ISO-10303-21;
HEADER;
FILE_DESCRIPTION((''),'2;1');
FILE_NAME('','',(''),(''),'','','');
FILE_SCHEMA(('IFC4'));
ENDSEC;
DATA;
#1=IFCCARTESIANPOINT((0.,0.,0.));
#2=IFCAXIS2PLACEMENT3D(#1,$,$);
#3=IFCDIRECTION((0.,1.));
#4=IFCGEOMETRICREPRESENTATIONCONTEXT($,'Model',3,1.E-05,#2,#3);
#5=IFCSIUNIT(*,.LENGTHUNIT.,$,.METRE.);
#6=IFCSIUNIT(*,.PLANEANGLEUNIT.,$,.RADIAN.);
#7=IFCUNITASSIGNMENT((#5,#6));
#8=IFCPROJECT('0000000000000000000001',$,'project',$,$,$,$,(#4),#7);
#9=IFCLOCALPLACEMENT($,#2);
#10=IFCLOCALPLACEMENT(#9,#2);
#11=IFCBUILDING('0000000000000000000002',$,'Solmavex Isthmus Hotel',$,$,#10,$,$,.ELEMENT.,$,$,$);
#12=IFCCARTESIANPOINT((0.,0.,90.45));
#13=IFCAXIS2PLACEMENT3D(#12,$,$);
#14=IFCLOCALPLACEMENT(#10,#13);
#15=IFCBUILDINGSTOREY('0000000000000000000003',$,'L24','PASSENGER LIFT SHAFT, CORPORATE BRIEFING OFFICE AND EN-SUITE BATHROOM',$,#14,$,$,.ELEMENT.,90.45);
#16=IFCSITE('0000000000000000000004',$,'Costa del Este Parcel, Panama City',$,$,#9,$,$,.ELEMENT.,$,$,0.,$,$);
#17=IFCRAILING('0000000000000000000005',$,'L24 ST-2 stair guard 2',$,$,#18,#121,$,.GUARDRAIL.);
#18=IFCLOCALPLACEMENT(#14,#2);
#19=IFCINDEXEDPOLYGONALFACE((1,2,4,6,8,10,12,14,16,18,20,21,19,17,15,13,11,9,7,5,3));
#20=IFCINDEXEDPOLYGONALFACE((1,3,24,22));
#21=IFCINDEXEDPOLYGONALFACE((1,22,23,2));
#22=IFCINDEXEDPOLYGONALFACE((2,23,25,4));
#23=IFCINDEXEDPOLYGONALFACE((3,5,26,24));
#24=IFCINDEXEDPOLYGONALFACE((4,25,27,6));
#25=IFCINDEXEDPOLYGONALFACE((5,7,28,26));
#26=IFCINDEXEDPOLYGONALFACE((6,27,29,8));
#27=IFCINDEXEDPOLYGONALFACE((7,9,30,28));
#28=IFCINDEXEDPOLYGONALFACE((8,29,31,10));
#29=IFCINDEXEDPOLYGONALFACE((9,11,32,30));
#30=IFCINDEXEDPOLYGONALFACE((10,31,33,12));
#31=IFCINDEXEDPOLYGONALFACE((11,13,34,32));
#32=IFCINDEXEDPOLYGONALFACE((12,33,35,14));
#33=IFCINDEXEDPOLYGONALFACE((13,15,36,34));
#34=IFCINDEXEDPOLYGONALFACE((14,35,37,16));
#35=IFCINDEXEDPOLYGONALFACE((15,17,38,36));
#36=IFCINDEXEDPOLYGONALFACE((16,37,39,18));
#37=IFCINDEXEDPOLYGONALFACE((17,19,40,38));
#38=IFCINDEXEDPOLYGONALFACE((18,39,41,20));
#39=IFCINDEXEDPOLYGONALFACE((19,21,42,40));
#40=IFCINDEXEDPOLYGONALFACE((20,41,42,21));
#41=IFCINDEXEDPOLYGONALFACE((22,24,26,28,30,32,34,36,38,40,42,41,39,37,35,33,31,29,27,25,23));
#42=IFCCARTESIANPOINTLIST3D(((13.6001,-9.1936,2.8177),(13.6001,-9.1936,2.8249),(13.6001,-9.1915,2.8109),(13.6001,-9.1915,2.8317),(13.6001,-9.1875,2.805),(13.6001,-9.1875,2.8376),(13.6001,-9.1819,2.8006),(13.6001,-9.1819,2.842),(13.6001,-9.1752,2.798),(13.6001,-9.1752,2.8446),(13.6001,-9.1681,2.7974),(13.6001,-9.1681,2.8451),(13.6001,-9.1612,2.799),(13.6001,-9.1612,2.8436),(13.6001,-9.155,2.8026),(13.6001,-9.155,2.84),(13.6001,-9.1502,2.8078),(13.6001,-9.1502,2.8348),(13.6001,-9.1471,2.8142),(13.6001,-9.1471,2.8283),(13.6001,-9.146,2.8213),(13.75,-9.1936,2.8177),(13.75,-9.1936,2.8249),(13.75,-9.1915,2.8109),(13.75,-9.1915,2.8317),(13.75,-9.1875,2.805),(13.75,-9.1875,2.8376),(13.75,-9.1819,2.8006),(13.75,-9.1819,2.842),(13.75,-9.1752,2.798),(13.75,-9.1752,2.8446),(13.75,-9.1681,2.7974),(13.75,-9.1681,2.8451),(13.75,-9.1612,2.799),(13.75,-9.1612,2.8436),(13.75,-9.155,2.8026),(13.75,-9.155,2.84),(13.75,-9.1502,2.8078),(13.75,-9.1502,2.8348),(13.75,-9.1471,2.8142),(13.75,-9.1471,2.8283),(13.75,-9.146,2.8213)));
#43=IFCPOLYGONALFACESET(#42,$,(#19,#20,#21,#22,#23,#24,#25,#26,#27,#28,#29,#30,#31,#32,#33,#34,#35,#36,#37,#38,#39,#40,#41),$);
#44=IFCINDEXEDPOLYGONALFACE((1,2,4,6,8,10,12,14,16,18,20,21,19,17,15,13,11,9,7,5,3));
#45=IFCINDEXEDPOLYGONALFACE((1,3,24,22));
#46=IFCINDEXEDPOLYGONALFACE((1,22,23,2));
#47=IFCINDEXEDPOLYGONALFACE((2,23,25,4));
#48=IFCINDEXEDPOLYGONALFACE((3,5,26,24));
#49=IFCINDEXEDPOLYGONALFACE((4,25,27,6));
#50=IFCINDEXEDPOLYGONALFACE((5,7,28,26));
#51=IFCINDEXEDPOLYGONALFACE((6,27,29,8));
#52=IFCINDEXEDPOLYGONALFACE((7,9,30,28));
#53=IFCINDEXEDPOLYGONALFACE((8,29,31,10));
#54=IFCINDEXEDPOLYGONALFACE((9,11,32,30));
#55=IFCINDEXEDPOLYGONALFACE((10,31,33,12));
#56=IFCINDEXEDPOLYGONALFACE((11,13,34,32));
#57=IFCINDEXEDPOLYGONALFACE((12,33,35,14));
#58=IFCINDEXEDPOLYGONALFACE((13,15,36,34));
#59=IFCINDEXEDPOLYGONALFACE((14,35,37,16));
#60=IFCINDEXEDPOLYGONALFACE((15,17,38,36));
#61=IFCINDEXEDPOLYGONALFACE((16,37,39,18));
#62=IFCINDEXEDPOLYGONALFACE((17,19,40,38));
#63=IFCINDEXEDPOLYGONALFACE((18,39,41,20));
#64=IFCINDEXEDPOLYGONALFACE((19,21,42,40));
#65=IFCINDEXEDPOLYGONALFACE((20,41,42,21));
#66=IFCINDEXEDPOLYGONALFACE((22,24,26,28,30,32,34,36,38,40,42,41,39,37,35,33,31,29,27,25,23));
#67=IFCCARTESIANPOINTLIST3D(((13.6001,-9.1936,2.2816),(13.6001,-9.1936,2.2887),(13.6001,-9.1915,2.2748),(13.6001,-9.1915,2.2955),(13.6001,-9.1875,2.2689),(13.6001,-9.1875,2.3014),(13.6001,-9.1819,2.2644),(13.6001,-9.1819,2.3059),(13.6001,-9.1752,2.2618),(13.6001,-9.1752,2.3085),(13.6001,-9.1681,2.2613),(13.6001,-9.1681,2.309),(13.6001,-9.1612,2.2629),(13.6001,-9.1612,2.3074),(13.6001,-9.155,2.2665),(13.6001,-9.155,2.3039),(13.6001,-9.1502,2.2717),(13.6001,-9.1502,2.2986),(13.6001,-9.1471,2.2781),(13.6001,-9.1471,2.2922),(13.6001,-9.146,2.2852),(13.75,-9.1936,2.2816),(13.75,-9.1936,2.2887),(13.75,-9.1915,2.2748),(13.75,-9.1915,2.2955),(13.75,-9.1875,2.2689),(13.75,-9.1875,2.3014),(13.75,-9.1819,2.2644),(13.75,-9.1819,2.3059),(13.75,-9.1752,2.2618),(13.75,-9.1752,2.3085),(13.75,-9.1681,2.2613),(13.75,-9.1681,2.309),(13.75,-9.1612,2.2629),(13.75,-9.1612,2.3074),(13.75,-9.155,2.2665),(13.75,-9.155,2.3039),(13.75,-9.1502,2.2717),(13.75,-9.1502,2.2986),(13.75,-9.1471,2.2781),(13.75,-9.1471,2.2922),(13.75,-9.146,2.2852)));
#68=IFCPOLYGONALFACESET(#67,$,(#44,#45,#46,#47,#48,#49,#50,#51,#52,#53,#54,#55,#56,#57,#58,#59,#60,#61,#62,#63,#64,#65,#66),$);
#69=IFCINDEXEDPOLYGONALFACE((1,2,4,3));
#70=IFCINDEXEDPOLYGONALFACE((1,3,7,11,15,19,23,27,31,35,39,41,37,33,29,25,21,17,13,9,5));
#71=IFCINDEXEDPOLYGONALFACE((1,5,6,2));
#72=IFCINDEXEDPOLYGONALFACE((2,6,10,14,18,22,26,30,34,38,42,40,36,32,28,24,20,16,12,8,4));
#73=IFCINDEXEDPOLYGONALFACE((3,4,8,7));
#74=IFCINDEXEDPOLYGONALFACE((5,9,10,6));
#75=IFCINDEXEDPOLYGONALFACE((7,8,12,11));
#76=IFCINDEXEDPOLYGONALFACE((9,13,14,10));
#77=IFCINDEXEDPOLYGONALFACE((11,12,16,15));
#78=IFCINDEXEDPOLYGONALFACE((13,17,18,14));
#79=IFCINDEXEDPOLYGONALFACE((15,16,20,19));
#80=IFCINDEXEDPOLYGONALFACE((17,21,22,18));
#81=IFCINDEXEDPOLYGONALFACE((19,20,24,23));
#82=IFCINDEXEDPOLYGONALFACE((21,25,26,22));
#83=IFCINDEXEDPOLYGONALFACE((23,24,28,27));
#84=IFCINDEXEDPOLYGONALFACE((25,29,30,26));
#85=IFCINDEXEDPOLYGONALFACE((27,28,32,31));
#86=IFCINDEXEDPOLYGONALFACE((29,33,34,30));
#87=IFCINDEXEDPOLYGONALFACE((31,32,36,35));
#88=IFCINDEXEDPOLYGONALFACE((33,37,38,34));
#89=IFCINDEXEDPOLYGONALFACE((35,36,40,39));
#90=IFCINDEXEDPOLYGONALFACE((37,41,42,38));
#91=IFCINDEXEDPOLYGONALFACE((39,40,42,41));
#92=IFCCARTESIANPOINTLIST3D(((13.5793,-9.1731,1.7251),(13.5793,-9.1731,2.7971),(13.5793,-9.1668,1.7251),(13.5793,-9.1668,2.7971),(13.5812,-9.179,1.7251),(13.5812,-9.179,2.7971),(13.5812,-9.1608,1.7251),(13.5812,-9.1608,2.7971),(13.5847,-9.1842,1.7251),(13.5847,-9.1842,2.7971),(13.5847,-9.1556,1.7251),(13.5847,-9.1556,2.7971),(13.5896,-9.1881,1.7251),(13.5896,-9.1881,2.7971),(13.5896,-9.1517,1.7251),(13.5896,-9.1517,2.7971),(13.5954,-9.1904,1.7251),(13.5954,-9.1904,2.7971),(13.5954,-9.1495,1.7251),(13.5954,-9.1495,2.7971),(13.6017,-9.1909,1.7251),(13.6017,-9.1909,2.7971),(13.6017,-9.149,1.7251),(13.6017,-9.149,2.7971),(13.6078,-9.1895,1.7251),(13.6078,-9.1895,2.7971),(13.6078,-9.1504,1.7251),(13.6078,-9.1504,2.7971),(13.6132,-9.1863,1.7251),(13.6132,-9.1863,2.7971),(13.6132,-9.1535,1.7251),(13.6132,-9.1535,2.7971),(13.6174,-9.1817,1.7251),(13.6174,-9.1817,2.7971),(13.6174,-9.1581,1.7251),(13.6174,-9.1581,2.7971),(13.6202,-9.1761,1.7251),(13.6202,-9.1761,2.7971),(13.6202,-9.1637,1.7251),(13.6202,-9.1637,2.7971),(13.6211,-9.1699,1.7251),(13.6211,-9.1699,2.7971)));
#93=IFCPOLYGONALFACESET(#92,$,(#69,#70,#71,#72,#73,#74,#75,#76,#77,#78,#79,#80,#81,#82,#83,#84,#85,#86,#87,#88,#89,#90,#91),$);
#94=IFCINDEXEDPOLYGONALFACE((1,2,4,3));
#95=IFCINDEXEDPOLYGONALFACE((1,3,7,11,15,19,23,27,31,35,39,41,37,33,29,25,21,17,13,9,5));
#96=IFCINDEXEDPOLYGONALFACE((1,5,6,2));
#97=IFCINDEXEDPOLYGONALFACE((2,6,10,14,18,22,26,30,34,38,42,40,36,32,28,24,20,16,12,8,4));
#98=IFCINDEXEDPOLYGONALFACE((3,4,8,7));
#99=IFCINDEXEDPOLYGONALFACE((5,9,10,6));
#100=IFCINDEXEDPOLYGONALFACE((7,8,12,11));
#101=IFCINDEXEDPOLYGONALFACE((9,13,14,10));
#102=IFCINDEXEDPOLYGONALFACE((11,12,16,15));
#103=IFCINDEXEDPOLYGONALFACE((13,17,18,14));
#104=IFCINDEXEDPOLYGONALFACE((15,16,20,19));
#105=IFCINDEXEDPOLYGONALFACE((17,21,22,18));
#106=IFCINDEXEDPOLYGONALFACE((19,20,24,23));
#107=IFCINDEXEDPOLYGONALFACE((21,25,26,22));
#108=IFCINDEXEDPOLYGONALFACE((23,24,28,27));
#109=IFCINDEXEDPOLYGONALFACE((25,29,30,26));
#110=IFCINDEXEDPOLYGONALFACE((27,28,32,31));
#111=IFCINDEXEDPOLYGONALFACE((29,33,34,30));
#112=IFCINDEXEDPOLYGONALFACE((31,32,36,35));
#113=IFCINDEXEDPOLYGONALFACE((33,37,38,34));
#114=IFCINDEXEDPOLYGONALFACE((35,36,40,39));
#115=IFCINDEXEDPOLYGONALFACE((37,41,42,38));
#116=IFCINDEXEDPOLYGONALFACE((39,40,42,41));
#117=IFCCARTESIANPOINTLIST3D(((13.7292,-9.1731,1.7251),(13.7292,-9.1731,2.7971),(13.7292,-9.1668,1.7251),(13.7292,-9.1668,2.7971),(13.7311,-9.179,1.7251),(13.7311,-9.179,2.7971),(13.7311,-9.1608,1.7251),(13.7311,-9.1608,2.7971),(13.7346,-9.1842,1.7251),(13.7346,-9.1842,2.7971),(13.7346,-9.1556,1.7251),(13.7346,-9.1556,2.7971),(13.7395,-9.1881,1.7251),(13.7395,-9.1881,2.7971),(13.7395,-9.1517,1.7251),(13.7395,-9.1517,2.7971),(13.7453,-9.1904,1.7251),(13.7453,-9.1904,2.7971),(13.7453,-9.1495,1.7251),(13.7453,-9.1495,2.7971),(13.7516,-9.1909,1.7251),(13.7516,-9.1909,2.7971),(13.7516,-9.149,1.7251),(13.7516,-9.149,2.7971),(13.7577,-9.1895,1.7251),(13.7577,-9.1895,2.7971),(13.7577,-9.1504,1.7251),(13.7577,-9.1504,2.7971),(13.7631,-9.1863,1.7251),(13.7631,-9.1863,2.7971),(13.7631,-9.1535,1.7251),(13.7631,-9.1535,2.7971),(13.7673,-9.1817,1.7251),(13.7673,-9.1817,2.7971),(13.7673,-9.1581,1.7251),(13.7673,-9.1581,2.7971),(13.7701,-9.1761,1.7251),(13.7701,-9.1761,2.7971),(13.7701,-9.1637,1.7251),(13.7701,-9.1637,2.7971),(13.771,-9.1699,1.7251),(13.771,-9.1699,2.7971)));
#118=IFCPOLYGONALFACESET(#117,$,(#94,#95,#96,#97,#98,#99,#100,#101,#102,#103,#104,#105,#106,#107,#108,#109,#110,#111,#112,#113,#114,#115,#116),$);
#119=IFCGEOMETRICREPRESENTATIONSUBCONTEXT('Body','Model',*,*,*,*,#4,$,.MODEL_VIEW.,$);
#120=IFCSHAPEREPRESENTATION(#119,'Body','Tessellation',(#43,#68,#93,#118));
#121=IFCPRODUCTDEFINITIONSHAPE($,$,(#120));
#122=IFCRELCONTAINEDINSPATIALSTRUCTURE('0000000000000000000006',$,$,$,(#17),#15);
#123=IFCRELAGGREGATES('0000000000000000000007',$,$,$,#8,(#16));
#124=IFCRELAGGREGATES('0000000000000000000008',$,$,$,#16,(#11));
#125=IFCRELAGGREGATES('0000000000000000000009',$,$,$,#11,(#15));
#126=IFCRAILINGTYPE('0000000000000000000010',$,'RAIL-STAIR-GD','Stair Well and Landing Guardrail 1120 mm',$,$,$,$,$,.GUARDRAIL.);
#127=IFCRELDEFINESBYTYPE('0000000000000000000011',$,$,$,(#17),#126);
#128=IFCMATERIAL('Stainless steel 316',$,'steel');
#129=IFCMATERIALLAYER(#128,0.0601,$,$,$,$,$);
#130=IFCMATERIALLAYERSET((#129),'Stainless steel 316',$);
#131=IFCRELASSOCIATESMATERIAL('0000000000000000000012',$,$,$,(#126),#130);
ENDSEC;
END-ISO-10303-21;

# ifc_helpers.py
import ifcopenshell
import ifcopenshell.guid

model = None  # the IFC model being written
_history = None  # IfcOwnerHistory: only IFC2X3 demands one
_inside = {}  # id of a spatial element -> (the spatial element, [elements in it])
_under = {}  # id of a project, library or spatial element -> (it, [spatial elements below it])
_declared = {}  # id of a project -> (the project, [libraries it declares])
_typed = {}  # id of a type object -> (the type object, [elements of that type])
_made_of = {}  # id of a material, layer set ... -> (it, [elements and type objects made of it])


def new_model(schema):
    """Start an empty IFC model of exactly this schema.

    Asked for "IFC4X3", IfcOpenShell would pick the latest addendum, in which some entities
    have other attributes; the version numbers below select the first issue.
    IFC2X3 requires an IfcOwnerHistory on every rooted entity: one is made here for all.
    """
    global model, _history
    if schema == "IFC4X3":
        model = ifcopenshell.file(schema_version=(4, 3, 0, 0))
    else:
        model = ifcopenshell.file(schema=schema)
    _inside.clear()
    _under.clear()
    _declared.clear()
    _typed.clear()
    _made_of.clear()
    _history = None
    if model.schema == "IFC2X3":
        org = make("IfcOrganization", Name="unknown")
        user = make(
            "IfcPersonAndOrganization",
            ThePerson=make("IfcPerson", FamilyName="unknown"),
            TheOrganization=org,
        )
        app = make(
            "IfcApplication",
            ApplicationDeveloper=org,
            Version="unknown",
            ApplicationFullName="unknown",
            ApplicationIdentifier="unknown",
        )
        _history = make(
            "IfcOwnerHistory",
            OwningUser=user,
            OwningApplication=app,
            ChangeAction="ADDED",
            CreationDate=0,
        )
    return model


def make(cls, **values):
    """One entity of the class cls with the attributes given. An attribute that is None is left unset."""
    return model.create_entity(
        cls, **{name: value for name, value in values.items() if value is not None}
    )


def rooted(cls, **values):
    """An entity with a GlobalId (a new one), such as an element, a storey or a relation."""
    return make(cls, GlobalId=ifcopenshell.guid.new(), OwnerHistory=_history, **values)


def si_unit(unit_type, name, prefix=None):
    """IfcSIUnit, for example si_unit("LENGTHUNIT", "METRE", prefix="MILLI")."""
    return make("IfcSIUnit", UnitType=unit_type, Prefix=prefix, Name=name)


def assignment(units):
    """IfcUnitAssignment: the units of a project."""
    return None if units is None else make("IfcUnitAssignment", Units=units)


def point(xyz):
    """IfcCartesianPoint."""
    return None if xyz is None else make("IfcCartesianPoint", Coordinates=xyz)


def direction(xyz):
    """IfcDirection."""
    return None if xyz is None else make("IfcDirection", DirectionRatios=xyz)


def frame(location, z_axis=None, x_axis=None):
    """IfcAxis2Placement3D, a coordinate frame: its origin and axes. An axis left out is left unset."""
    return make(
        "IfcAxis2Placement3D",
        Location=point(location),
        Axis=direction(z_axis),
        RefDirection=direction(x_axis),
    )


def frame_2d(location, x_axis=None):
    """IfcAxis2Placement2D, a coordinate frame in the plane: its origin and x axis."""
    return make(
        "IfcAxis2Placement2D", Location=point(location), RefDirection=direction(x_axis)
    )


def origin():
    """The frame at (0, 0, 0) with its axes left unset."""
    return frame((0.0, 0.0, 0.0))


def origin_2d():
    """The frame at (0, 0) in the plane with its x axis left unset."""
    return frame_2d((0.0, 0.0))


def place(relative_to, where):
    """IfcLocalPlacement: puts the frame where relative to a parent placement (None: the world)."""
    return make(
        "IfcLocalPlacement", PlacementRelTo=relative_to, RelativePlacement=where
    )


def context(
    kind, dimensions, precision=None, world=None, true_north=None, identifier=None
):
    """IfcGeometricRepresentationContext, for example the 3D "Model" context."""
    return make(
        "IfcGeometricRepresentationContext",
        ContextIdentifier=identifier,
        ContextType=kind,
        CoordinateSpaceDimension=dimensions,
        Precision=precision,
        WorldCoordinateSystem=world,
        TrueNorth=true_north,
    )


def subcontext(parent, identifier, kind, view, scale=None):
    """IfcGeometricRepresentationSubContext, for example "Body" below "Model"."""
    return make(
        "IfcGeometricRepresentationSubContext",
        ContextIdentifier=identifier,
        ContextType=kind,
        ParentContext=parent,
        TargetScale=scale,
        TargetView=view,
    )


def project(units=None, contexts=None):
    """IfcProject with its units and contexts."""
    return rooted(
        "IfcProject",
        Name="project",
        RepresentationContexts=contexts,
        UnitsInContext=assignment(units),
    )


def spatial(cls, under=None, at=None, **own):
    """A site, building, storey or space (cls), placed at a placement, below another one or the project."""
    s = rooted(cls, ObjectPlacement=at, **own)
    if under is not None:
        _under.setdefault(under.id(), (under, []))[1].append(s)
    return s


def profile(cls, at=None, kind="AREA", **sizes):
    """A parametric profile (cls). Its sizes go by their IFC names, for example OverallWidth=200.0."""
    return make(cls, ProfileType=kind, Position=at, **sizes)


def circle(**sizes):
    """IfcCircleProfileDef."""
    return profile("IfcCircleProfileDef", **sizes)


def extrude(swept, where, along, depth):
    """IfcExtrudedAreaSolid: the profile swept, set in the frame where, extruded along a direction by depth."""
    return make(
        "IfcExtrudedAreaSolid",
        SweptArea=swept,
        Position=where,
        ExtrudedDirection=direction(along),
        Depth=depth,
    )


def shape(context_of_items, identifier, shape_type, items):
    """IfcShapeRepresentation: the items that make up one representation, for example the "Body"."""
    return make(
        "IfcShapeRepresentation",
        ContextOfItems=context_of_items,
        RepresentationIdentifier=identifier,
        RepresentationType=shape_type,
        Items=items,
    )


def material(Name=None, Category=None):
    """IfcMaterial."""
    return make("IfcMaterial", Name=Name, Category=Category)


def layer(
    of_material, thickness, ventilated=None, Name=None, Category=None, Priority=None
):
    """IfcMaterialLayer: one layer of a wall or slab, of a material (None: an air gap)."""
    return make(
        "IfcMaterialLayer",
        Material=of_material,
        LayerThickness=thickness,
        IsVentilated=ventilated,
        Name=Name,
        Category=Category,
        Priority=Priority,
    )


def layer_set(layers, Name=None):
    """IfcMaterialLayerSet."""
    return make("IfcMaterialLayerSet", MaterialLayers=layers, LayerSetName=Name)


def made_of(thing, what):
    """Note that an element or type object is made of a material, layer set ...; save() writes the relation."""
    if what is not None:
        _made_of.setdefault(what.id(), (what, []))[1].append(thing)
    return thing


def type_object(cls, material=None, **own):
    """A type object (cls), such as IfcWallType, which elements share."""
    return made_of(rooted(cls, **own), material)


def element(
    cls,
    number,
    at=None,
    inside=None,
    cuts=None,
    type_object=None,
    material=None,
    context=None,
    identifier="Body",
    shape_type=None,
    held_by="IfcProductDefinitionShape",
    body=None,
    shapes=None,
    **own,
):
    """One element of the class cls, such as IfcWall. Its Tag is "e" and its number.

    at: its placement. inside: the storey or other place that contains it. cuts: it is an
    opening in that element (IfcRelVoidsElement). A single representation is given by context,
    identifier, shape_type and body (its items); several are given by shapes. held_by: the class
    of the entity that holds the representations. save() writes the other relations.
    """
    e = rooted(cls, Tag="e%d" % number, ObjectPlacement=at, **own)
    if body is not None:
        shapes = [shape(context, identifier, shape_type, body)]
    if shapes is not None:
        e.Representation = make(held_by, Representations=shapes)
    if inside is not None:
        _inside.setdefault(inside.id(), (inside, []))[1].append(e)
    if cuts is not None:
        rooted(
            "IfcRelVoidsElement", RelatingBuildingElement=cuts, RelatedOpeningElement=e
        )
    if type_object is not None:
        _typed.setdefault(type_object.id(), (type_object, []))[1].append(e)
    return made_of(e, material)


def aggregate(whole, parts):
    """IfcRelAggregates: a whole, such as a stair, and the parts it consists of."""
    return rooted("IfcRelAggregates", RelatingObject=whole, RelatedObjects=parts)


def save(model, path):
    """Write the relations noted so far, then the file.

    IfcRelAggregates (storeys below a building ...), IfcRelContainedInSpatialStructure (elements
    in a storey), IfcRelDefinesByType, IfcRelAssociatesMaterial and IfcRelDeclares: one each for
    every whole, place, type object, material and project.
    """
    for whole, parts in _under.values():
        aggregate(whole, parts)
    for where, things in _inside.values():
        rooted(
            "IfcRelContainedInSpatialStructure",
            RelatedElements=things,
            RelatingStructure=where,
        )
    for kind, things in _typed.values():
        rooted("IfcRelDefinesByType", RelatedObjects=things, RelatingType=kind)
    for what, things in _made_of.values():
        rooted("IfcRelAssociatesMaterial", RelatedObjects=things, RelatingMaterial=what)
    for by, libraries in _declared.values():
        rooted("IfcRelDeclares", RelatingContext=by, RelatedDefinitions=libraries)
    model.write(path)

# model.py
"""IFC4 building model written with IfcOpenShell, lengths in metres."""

from ifc_helpers import new_model, si_unit, direction, frame, origin, origin_2d, place, context, subcontext, project, spatial, circle, extrude, material, layer, layer_set, type_object, element, save


model = new_model("IFC4")

# Units and contexts
model_context = context("Model", 3, precision=1e-05, world=origin(), true_north=direction((0.0, 1.0)))
body_context = subcontext(model_context, "Body", "Model", "MODEL_VIEW")
ifc_project = project(units=[si_unit("LENGTHUNIT", "METRE"), si_unit("PLANEANGLEUNIT", "RADIAN")], contexts=[model_context])

# Site, building, storey
site_placement = place(None, origin())
site = spatial("IfcSite", under=ifc_project, at=site_placement, Name="Costa del Este Parcel, Panama City", CompositionType="ELEMENT", RefElevation=0.0)
building_placement = place(site_placement, origin())
building = spatial("IfcBuilding", under=site, at=building_placement, Name="Solmavex Isthmus Hotel", CompositionType="ELEMENT")
storey_placement = place(building_placement, frame((0.0, 0.0, 90.45)))
storey = spatial("IfcBuildingStorey", under=building, at=storey_placement, Name="L24", Description="PASSENGER LIFT SHAFT, CORPORATE BRIEFING OFFICE AND EN-SUITE BATHROOM", CompositionType="ELEMENT", Elevation=90.45)

# Shared definitions
ifc_material_1 = material(Name="Stainless steel 316", Category="steel")

# Railing
ifc_layer_1 = layer(ifc_material_1, 0.0601)
ifc_layer_set_1 = layer_set([ifc_layer_1], Name="Stainless steel 316")
railing_type_1 = type_object("IfcRailingType", Name="RAIL-STAIR-GD", Description="Stair Well and Landing Guardrail 1120 mm", PredefinedType="GUARDRAIL", material=ifc_layer_set_1)
railing_1_placement = place(storey_placement, frame((13.6001, -9.1699, 1.7251)))
element("IfcRailing", 1, at=railing_1_placement, inside=storey, type_object=railing_type_1, Name="L24 ST-2 stair guard 2", PredefinedType="GUARDRAIL", context=body_context, shape_type="SweptSolid", body=[
    extrude(circle(Radius=0.0239, at=origin_2d()), frame((0.0, 0.0, 1.0962), z_axis=(1.0, 0.0, 0.0), x_axis=(0.0, 1.0, 0.0)), (0.0, 0.0, 1.0), 0.1499),
    extrude(circle(Radius=0.0239, at=origin_2d()), frame((0.0, 0.0, 0.5601), z_axis=(1.0, 0.0, 0.0), x_axis=(0.0, 1.0, 0.0)), (0.0, 0.0, 1.0), 0.1499),
    extrude(circle(Radius=0.021, at=origin_2d()), origin(), (0.0, 0.0, 1.0), 1.072),
    extrude(circle(Radius=0.021, at=origin_2d()), frame((0.1499, 0.0, 0.0)), (0.0, 0.0, 1.0), 1.072),
])

save(model, "model.ifc")
